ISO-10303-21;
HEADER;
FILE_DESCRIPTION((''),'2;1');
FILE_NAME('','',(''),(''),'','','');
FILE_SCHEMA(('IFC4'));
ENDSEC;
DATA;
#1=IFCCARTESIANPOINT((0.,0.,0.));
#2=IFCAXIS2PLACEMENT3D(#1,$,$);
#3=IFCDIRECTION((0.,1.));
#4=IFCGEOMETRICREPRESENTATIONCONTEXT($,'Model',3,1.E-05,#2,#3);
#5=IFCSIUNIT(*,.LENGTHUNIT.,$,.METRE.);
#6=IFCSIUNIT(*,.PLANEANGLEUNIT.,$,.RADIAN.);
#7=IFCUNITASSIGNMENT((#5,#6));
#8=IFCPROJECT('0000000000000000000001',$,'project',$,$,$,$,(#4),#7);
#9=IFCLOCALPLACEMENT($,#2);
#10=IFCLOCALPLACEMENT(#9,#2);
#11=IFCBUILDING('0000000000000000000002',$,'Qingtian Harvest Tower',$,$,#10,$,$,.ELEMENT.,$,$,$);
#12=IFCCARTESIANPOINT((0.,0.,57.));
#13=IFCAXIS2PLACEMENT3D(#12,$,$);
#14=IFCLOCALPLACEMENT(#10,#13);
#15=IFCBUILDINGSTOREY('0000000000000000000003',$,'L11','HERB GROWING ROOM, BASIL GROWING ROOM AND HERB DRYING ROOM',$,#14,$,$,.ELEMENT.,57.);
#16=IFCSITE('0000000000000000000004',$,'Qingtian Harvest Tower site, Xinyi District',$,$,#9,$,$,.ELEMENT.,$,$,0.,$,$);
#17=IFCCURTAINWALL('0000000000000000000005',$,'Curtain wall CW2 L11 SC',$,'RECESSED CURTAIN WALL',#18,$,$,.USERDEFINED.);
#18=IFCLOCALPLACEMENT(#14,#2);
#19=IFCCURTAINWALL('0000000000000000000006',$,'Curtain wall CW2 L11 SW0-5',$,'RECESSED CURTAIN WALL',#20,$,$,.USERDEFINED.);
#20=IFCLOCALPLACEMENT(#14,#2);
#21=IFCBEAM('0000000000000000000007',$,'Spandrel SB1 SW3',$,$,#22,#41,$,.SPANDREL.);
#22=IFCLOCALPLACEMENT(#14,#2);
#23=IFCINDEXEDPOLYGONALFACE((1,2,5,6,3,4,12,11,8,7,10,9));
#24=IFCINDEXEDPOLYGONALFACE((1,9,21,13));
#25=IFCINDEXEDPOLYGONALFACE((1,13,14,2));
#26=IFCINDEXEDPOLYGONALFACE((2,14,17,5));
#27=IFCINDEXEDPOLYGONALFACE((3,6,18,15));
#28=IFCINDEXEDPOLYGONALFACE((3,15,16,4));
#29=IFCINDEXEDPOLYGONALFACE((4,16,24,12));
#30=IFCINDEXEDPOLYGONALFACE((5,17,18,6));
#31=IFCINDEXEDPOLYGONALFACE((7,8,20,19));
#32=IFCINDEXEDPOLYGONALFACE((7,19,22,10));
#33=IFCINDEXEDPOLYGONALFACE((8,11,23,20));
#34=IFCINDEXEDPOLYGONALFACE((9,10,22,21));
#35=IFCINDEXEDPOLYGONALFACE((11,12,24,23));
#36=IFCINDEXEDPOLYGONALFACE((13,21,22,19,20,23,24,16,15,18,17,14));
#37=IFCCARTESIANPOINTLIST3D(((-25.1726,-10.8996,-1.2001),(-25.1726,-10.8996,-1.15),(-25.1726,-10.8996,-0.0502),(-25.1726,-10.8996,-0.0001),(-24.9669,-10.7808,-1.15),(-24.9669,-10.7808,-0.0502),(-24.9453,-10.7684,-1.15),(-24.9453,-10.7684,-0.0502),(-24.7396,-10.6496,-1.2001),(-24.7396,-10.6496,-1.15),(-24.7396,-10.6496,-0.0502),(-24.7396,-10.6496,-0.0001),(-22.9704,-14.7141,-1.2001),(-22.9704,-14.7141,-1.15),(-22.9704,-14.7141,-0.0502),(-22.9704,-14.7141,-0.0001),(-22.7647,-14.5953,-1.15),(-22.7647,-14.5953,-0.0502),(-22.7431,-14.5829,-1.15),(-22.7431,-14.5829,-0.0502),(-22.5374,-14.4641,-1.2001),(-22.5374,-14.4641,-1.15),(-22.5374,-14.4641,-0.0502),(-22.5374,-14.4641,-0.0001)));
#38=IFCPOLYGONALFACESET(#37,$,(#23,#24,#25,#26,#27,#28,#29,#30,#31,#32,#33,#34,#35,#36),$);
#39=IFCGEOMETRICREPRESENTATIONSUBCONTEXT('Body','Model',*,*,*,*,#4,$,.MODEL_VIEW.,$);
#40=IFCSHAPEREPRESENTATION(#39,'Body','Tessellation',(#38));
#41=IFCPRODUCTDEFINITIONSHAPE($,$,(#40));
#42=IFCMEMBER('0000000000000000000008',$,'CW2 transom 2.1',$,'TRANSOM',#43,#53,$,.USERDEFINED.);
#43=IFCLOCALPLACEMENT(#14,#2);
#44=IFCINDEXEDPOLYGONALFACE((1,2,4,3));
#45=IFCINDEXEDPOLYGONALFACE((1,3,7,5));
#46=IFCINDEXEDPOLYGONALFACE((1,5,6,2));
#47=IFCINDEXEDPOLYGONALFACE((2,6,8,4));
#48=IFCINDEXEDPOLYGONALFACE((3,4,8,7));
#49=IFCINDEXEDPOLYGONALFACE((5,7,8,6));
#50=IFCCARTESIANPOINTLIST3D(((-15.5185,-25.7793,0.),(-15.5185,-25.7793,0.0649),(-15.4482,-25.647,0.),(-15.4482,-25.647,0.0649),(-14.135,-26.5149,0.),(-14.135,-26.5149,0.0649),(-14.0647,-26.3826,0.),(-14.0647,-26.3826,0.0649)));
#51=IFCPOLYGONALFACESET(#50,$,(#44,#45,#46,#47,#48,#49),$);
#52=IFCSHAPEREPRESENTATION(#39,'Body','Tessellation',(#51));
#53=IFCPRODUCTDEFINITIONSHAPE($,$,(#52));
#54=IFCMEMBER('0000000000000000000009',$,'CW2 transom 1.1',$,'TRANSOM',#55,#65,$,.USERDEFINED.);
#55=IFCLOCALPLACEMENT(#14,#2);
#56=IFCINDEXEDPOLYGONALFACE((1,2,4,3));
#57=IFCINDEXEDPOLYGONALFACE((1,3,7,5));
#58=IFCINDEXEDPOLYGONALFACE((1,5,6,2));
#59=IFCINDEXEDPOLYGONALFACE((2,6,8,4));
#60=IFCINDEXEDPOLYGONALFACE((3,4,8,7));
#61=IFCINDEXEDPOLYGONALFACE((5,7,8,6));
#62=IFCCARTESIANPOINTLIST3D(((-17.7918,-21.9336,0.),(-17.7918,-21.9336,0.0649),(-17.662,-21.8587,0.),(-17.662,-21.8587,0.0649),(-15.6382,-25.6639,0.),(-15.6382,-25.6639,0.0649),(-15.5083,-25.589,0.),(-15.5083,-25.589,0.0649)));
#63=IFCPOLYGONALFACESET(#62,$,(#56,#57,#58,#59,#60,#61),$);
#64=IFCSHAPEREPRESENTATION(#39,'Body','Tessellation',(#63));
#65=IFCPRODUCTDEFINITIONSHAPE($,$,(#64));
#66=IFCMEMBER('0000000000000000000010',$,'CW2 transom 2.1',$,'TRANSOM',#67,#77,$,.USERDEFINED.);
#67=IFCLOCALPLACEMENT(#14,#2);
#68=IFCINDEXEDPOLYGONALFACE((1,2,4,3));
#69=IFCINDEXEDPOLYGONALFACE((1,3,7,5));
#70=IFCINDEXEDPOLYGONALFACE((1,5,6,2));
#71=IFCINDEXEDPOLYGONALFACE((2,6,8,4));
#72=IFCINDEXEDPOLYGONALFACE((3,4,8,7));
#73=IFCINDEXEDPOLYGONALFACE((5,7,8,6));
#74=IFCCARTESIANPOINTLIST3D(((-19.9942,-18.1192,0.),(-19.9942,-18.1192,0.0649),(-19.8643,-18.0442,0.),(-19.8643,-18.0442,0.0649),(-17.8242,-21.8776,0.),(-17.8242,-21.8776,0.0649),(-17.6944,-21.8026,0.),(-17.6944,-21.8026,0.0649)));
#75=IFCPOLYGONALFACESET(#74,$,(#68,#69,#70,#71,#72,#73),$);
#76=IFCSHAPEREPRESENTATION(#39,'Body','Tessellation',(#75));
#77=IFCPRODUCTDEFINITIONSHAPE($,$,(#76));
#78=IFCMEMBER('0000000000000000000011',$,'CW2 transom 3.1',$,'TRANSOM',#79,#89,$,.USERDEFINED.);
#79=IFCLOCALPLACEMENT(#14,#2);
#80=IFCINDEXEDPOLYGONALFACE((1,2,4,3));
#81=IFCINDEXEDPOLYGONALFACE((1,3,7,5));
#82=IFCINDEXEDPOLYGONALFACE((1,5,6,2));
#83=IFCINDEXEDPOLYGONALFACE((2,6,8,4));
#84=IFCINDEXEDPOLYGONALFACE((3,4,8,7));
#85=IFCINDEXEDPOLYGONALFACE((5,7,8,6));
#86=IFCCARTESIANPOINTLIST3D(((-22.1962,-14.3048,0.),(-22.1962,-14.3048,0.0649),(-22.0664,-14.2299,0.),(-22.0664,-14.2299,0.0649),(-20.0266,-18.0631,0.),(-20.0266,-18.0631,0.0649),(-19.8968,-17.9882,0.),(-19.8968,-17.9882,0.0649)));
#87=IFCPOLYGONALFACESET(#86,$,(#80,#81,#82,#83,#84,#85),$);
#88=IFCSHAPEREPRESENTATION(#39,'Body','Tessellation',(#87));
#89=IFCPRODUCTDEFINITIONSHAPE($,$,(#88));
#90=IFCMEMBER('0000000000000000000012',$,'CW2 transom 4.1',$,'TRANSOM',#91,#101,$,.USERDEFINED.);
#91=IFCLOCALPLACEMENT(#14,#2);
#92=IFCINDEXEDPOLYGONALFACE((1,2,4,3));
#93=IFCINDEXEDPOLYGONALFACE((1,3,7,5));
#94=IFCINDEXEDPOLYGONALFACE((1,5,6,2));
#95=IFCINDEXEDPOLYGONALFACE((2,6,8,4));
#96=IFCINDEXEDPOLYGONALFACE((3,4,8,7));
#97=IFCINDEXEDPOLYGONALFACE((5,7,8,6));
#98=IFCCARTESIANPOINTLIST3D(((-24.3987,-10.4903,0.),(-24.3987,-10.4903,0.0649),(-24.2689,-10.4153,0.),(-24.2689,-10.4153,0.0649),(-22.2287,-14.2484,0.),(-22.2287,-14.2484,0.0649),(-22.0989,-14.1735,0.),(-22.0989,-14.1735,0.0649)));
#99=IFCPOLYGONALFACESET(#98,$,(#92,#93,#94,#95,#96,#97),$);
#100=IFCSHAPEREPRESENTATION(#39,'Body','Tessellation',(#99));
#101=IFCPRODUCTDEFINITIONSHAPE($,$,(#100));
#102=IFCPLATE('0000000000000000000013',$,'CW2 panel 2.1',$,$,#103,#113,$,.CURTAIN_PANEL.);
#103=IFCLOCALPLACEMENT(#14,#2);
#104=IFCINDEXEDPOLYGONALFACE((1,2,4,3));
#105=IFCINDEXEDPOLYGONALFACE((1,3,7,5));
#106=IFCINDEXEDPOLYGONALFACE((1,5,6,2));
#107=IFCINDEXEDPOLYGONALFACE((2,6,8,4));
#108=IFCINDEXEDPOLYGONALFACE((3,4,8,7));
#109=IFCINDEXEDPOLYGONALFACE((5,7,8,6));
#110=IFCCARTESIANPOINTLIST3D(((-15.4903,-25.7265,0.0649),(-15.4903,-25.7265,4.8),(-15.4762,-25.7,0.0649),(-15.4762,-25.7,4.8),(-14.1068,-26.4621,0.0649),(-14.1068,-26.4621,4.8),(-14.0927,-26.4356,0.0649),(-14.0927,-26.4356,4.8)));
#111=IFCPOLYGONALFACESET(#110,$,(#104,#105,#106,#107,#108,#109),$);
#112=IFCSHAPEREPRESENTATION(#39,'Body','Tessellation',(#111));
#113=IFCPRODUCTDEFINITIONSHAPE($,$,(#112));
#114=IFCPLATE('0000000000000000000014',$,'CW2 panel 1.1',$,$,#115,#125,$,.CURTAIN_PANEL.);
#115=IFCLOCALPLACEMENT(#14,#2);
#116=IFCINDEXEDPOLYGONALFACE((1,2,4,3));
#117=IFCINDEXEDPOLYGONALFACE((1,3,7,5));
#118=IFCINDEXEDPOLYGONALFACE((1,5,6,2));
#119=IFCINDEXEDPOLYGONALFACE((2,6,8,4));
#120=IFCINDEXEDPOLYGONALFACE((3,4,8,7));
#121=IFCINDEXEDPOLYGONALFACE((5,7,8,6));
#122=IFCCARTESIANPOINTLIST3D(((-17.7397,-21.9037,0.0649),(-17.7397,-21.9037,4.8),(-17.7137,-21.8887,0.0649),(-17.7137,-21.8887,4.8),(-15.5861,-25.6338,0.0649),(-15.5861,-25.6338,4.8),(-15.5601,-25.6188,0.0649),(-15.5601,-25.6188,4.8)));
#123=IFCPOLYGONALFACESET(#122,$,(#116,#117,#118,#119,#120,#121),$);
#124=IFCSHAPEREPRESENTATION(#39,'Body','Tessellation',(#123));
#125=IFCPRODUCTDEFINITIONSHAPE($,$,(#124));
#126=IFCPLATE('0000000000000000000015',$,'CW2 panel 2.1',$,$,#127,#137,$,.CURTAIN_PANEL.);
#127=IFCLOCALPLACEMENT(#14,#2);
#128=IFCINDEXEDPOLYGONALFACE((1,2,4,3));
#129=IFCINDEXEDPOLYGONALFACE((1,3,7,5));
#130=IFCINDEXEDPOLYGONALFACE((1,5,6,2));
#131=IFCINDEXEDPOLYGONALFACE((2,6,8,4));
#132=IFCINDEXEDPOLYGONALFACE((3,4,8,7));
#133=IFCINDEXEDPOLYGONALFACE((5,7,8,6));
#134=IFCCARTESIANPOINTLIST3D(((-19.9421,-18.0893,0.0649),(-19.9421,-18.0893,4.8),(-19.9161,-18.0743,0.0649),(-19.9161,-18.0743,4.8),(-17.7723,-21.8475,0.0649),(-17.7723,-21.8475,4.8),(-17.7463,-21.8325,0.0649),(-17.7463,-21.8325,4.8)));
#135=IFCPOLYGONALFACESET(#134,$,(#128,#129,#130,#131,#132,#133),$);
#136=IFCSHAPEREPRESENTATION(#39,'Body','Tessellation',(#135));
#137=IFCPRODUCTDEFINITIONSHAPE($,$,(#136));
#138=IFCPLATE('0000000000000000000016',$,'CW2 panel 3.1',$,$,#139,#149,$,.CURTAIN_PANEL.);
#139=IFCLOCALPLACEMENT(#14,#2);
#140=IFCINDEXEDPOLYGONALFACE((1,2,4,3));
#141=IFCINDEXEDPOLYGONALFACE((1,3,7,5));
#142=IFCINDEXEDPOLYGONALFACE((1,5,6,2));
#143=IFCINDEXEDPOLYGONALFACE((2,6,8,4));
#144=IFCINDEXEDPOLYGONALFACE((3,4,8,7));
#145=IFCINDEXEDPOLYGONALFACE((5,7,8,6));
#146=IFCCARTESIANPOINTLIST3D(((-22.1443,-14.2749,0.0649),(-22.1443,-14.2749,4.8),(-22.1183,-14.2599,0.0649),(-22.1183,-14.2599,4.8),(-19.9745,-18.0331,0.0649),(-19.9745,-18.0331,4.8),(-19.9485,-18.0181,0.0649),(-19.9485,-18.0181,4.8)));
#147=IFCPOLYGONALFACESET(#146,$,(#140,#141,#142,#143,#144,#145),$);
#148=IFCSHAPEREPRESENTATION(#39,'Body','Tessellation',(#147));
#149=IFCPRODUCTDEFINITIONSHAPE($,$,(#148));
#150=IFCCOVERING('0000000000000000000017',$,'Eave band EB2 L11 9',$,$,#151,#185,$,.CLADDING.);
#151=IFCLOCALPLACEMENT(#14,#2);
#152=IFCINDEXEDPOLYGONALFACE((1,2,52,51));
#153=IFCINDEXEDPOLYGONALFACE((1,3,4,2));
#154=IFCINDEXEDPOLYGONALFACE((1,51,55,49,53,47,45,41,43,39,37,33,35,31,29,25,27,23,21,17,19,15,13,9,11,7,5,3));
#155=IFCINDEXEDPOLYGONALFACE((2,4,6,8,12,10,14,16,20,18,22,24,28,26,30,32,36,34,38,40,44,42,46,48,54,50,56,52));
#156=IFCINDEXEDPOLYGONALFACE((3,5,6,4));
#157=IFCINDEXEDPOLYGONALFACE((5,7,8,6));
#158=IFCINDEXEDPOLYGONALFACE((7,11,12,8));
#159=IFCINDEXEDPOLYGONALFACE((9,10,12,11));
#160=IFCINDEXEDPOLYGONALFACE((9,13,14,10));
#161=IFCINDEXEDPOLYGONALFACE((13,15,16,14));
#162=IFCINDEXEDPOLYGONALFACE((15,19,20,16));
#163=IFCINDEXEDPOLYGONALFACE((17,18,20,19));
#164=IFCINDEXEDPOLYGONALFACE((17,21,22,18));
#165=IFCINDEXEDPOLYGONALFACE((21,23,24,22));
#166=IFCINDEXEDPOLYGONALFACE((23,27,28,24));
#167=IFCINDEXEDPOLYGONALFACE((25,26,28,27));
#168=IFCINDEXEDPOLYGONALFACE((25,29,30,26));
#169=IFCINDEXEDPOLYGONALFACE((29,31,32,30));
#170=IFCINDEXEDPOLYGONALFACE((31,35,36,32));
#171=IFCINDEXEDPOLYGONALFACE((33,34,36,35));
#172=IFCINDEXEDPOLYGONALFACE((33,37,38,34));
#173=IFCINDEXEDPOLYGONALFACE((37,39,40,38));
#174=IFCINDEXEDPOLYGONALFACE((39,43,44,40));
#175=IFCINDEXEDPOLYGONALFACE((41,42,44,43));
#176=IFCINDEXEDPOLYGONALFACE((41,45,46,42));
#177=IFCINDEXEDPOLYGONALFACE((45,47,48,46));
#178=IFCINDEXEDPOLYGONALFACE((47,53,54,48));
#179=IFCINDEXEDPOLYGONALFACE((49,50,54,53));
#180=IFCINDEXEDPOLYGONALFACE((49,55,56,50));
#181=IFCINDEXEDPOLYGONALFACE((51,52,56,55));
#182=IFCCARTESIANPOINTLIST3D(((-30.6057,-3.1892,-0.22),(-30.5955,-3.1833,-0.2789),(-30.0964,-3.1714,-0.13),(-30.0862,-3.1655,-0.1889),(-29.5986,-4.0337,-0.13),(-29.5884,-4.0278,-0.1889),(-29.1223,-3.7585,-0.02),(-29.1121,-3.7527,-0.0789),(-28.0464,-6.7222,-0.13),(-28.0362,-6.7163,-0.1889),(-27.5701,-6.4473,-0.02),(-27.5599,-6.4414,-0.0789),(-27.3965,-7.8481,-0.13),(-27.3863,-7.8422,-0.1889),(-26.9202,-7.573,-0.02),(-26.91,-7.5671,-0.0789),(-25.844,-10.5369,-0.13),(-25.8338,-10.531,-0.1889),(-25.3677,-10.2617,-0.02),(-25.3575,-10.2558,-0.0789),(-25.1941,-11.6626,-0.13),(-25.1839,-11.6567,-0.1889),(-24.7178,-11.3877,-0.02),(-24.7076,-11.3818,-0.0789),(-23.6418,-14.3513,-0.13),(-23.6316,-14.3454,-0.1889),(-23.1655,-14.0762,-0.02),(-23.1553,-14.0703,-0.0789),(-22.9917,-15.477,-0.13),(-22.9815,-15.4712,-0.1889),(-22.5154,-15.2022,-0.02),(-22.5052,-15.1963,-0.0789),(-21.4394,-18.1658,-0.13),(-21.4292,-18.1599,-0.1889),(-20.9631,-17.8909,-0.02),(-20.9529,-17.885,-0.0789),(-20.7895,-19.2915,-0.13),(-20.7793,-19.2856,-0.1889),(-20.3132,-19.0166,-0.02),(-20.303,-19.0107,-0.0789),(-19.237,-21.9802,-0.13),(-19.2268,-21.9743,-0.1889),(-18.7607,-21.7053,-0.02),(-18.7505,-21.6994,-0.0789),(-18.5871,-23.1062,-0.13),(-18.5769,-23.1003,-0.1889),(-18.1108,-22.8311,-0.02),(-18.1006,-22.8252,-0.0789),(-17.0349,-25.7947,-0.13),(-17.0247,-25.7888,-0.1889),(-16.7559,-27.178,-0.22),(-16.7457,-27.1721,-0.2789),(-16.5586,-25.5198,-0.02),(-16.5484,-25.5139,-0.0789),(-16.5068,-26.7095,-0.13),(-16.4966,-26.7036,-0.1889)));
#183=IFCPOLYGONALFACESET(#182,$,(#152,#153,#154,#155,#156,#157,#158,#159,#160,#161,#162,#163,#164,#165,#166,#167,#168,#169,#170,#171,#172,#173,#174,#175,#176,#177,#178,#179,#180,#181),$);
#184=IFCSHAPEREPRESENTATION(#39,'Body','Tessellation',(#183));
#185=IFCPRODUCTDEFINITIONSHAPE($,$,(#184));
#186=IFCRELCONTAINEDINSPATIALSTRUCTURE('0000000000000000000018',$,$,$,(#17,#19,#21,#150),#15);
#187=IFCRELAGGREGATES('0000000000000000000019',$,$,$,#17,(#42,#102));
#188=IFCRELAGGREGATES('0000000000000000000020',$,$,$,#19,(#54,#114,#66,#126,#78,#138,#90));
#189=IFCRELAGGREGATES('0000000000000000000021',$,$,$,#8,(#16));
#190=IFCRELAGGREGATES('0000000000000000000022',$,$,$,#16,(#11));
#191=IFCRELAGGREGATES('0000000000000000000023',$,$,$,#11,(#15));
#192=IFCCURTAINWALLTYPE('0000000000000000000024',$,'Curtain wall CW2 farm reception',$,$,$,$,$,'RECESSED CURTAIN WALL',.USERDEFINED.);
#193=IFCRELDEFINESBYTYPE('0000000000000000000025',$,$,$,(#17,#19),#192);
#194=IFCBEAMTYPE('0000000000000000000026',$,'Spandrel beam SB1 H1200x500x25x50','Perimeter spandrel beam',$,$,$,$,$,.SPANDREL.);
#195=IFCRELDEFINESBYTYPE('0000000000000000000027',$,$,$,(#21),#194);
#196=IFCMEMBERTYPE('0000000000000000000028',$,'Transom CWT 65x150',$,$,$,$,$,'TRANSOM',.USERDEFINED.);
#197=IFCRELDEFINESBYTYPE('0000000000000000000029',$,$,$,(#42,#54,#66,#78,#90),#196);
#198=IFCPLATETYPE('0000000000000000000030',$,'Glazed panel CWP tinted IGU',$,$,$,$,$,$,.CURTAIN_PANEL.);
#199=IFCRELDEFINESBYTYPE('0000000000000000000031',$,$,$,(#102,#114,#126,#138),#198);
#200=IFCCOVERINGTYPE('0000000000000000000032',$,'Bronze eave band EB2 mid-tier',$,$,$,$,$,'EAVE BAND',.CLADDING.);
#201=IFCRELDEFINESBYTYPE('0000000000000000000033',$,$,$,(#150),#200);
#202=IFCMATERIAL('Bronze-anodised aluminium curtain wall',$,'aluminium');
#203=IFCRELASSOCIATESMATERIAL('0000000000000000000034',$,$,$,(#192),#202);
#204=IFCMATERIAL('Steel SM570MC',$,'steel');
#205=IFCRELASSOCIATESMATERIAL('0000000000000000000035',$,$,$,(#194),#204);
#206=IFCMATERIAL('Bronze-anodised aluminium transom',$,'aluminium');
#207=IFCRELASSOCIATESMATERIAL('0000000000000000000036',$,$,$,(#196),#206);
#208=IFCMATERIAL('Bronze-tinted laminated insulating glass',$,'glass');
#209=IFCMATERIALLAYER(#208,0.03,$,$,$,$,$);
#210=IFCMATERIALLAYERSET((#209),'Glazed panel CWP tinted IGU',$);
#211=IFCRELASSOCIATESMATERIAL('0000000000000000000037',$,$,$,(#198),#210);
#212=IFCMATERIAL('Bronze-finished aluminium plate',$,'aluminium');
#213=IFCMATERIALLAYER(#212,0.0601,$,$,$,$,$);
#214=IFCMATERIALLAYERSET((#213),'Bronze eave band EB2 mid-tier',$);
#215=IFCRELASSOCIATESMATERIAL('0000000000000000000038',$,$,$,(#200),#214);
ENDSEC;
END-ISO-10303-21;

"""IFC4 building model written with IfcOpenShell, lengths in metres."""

from ifc_helpers import new_model, si_unit, direction, frame, origin, origin_2d, place, context, subcontext, project, spatial, polyline, rectangle, i_section, outline, extrude, material, layer, layer_set, material_profile, profile_set, type_object, element, aggregate, save


model = new_model("IFC4")

# Units and contexts
model_context = context("Model", 3, precision=1e-05, world=origin(), true_north=direction((0.0, 1.0)))
body_context = subcontext(model_context, "Body", "Model", "MODEL_VIEW")
ifc_project = project(units=[si_unit("LENGTHUNIT", "METRE"), si_unit("PLANEANGLEUNIT", "RADIAN")], contexts=[model_context])

# Site, building, storey
site_placement = place(None, origin())
site = spatial("IfcSite", under=ifc_project, at=site_placement, Name="Qingtian Harvest Tower site, Xinyi District", CompositionType="ELEMENT", RefElevation=0.0)
building_placement = place(site_placement, origin())
building = spatial("IfcBuilding", under=site, at=building_placement, Name="Qingtian Harvest Tower", CompositionType="ELEMENT")
storey_placement = place(building_placement, frame((0.0, 0.0, 57.0)))
storey = spatial("IfcBuildingStorey", under=building, at=storey_placement, Name="L11", Description="HERB GROWING ROOM, BASIL GROWING ROOM AND HERB DRYING ROOM", CompositionType="ELEMENT", Elevation=57.0)

# Curtain wall
ifc_material_1 = material(Name="Bronze-anodised aluminium curtain wall", Category="aluminium")
curtain_wall_type = type_object("IfcCurtainWallType", Name="Curtain wall CW2 farm reception", ElementType="RECESSED CURTAIN WALL", PredefinedType="USERDEFINED", material=ifc_material_1)
curtain_wall_1_placement = place(storey_placement, origin())
curtain_wall_1 = element("IfcCurtainWall", 1, at=curtain_wall_1_placement, inside=storey, type_object=curtain_wall_type, Name="Curtain wall CW2 L11 SC", ObjectType="RECESSED CURTAIN WALL", PredefinedType="USERDEFINED")

# Curtain wall
curtain_wall_2_placement = place(storey_placement, origin())
curtain_wall_2 = element("IfcCurtainWall", 2, at=curtain_wall_2_placement, inside=storey, type_object=curtain_wall_type, Name="Curtain wall CW2 L11 SW0-5", ObjectType="RECESSED CURTAIN WALL", PredefinedType="USERDEFINED")

# Beam
ifc_material_2 = material(Name="Steel SM570MC", Category="steel")
ifc_material_profile_1 = material_profile(ifc_material_2, i_section(OverallWidth=0.5, OverallDepth=1.2, WebThickness=0.0249, FlangeThickness=0.05, at=origin_2d()), Name="H1200x500x25x50")
ifc_profile_set_1 = profile_set([ifc_material_profile_1], Name="Steel SM570MC")
beam_type_1 = type_object("IfcBeamType", Name="Spandrel beam SB1 H1200x500x25x50", Description="Perimeter spandrel beam", PredefinedType="SPANDREL", material=ifc_profile_set_1)
for number, where, z_axis, x_axis, name in (
    (3, (-22.7539, -14.5891, -0.6001), (-0.499978, 0.866038, 0.0), (-0.866038, -0.499978, 0.0), "Spandrel SB1 SW3"),
):
    element("IfcBeam", number, at=place(storey_placement, frame(where, z_axis=z_axis, x_axis=x_axis)), inside=storey, type_object=beam_type_1, Name=name, PredefinedType="SPANDREL", context=body_context, shape_type="SweptSolid", body=[
        extrude(i_section(OverallWidth=0.5, OverallDepth=1.2, WebThickness=0.0249, FlangeThickness=0.05, at=origin_2d()), origin(), (0.0, 0.0, 1.0), 4.4045),
    ])

# Members
ifc_material_3 = material(Name="Bronze-anodised aluminium transom", Category="aluminium")
ifc_material_profile_2 = material_profile(ifc_material_3, rectangle(XDim=0.1499, YDim=0.0649, at=origin_2d()), Name="AL 65x150")
ifc_profile_set_2 = profile_set([ifc_material_profile_2], Name="Bronze-anodised aluminium transom")
member_type_1 = type_object("IfcMemberType", Name="Transom CWT 65x150", ElementType="TRANSOM", PredefinedType="USERDEFINED", material=ifc_profile_set_2)
member_1_placement = place(storey_placement, frame((-14.0999, -26.4487, 0.0325), z_axis=(-0.88296, 0.469448, 0.0), x_axis=(-0.469448, -0.88296, 0.0)))
member_1 = element("IfcMember", 4, at=member_1_placement, type_object=member_type_1, Name="CW2 transom 2.1", ObjectType="TRANSOM", PredefinedType="USERDEFINED", context=body_context, shape_type="SweptSolid", body=[
    extrude(rectangle(XDim=0.1499, YDim=0.0649, at=origin_2d()), origin(), (0.0, 0.0, 1.0), 1.5669),
])
member_2_placement = place(storey_placement, frame((-15.5732, -25.6265, 0.0325), z_axis=(-0.499986, 0.866034, 0.0), x_axis=(-0.866034, -0.499986, 0.0)))
member_2 = element("IfcMember", 5, at=member_2_placement, type_object=member_type_1, Name="CW2 transom 1.1", ObjectType="TRANSOM", PredefinedType="USERDEFINED", context=body_context, shape_type="SweptSolid", body=[
    extrude(rectangle(XDim=0.1499, YDim=0.0649, at=origin_2d()), origin(), (0.0, 0.0, 1.0), 4.3074),
])
member_3_placement = place(storey_placement, frame((-17.7593, -21.8401, 0.0325), z_axis=(-0.500011, 0.866019, 0.0), x_axis=(-0.866019, -0.500011, 0.0)))
member_3 = element("IfcMember", 6, at=member_3_placement, type_object=member_type_1, Name="CW2 transom 2.1", ObjectType="TRANSOM", PredefinedType="USERDEFINED", context=body_context, shape_type="SweptSolid", body=[
    extrude(rectangle(XDim=0.1499, YDim=0.0649, at=origin_2d()), origin(), (0.0, 0.0, 1.0), 4.3398),
])
member_4_placement = place(storey_placement, frame((-19.9617, -18.0256, 0.0325), z_axis=(-0.499969, 0.866043, 0.0), x_axis=(-0.866043, -0.499969, 0.0)))
member_4 = element("IfcMember", 7, at=member_4_placement, type_object=member_type_1, Name="CW2 transom 3.1", ObjectType="TRANSOM", PredefinedType="USERDEFINED", context=body_context, shape_type="SweptSolid", body=[
    extrude(rectangle(XDim=0.1499, YDim=0.0649, at=origin_2d()), origin(), (0.0, 0.0, 1.0), 4.3396),
])
member_5_placement = place(storey_placement, frame((-22.1638, -14.2109, 0.0325), z_axis=(-0.500036, 0.866005, 0.0), x_axis=(-0.866005, -0.500036, 0.0)))
member_5 = element("IfcMember", 8, at=member_5_placement, type_object=member_type_1, Name="CW2 transom 4.1", ObjectType="TRANSOM", PredefinedType="USERDEFINED", context=body_context, shape_type="SweptSolid", body=[
    extrude(rectangle(XDim=0.1499, YDim=0.0649, at=origin_2d()), origin(), (0.0, 0.0, 1.0), 4.3396),
])

# Plates
ifc_material_4 = material(Name="Bronze-tinted laminated insulating glass", Category="glass")
ifc_layer_1 = layer(ifc_material_4, 0.03)
ifc_layer_set_1 = layer_set([ifc_layer_1], Name="Glazed panel CWP tinted IGU")
plate_type = type_object("IfcPlateType", Name="Glazed panel CWP tinted IGU", PredefinedType="CURTAIN_PANEL", material=ifc_layer_set_1)
plate_1_placement = place(storey_placement, frame((-14.7915, -26.0811, 0.0649), z_axis=(0.0, 0.0, 1.0), x_axis=(-0.882948, 0.469472, 0.0)))
plate_1 = element("IfcPlate", 9, at=plate_1_placement, type_object=plate_type, Name="CW2 panel 2.1", PredefinedType="CURTAIN_PANEL", context=body_context, shape_type="SweptSolid", body=[
    extrude(rectangle(XDim=1.5669, YDim=0.03, at=origin_2d()), origin(), (0.0, 0.0, 1.0), 4.7351),
])
aggregate(curtain_wall_1, [member_1, plate_1])
plate_2_placement = place(storey_placement, frame((-16.6499, -23.7612, 0.0649), z_axis=(0.0, 0.0, 1.0), x_axis=(-0.5, 0.866025, 0.0)))
plate_2 = element("IfcPlate", 10, at=plate_2_placement, type_object=plate_type, Name="CW2 panel 1.1", PredefinedType="CURTAIN_PANEL", context=body_context, shape_type="SweptSolid", body=[
    extrude(rectangle(XDim=4.3071, YDim=0.03, at=origin_2d()), origin(), (0.0, 0.0, 1.0), 4.7351),
])
plate_3_placement = place(storey_placement, frame((-18.8442, -19.9609, 0.0649), z_axis=(0.0, 0.0, 1.0), x_axis=(-0.5, 0.866025, 0.0)))
plate_3 = element("IfcPlate", 11, at=plate_3_placement, type_object=plate_type, Name="CW2 panel 2.1", PredefinedType="CURTAIN_PANEL", context=body_context, shape_type="SweptSolid", body=[
    extrude(rectangle(XDim=4.3396, YDim=0.03, at=origin_2d()), origin(), (0.0, 0.0, 1.0), 4.7351),
])
plate_4_placement = place(storey_placement, frame((-21.0464, -16.1465, 0.0649), z_axis=(0.0, 0.0, 1.0), x_axis=(-0.5, 0.866025, 0.0)))
plate_4 = element("IfcPlate", 12, at=plate_4_placement, type_object=plate_type, Name="CW2 panel 3.1", PredefinedType="CURTAIN_PANEL", context=body_context, shape_type="SweptSolid", body=[
    extrude(rectangle(XDim=4.3396, YDim=0.03, at=origin_2d()), origin(), (0.0, 0.0, 1.0), 4.7351),
])
aggregate(curtain_wall_2, [member_2, plate_2, member_3, plate_3, member_4, plate_4, member_5])

# Covering
ifc_material_5 = material(Name="Bronze-finished aluminium plate", Category="aluminium")
ifc_layer_2 = layer(ifc_material_5, 0.0601)
ifc_layer_set_2 = layer_set([ifc_layer_2], Name="Bronze eave band EB2 mid-tier")
covering_type = type_object("IfcCoveringType", Name="Bronze eave band EB2 mid-tier", ElementType="EAVE BAND", PredefinedType="CLADDING", material=ifc_layer_set_2)
covering_placement = place(storey_placement, frame((-16.5586, -25.5198, -0.02), z_axis=(-0.169846, -0.098061, 0.98058), x_axis=(-0.849284, -0.490156, -0.196121)))
element("IfcCovering", 13, at=covering_placement, inside=storey, type_object=covering_type, Name="Eave band EB2 L11 9", PredefinedType="CLADDING", context=body_context, shape_type="SweptSolid", body=[
    extrude(outline(polyline([(0.0, 0.0), (0.5608, 0.0), (0.5607, 1.0563), (1.0195, 1.3376), (1.0238, -26.3622), (0.5648, -26.1231), (0.5647, -25.1274), (0.0038, -25.1276), (0.0034, -22.023), (0.5642, -22.023), (0.5641, -20.7229), (0.0032, -20.7232), (0.0026, -17.6184), (0.5635, -17.6182), (0.5634, -16.3183), (0.0025, -16.3183), (0.002, -13.2139), (0.563, -13.2137), (0.5626, -11.9137), (0.0018, -11.9137), (0.0014, -8.8091), (0.5622, -8.8091), (0.562, -7.5092), (0.0012, -7.5092), (0.0006, -4.4045), (0.5614, -4.4045), (0.5613, -3.1044), (0.0004, -3.1046), (0.0, 0.0)])), origin(), (0.0, 0.0, -1.0), 0.0601),
])

save(model, "model.ifc")
